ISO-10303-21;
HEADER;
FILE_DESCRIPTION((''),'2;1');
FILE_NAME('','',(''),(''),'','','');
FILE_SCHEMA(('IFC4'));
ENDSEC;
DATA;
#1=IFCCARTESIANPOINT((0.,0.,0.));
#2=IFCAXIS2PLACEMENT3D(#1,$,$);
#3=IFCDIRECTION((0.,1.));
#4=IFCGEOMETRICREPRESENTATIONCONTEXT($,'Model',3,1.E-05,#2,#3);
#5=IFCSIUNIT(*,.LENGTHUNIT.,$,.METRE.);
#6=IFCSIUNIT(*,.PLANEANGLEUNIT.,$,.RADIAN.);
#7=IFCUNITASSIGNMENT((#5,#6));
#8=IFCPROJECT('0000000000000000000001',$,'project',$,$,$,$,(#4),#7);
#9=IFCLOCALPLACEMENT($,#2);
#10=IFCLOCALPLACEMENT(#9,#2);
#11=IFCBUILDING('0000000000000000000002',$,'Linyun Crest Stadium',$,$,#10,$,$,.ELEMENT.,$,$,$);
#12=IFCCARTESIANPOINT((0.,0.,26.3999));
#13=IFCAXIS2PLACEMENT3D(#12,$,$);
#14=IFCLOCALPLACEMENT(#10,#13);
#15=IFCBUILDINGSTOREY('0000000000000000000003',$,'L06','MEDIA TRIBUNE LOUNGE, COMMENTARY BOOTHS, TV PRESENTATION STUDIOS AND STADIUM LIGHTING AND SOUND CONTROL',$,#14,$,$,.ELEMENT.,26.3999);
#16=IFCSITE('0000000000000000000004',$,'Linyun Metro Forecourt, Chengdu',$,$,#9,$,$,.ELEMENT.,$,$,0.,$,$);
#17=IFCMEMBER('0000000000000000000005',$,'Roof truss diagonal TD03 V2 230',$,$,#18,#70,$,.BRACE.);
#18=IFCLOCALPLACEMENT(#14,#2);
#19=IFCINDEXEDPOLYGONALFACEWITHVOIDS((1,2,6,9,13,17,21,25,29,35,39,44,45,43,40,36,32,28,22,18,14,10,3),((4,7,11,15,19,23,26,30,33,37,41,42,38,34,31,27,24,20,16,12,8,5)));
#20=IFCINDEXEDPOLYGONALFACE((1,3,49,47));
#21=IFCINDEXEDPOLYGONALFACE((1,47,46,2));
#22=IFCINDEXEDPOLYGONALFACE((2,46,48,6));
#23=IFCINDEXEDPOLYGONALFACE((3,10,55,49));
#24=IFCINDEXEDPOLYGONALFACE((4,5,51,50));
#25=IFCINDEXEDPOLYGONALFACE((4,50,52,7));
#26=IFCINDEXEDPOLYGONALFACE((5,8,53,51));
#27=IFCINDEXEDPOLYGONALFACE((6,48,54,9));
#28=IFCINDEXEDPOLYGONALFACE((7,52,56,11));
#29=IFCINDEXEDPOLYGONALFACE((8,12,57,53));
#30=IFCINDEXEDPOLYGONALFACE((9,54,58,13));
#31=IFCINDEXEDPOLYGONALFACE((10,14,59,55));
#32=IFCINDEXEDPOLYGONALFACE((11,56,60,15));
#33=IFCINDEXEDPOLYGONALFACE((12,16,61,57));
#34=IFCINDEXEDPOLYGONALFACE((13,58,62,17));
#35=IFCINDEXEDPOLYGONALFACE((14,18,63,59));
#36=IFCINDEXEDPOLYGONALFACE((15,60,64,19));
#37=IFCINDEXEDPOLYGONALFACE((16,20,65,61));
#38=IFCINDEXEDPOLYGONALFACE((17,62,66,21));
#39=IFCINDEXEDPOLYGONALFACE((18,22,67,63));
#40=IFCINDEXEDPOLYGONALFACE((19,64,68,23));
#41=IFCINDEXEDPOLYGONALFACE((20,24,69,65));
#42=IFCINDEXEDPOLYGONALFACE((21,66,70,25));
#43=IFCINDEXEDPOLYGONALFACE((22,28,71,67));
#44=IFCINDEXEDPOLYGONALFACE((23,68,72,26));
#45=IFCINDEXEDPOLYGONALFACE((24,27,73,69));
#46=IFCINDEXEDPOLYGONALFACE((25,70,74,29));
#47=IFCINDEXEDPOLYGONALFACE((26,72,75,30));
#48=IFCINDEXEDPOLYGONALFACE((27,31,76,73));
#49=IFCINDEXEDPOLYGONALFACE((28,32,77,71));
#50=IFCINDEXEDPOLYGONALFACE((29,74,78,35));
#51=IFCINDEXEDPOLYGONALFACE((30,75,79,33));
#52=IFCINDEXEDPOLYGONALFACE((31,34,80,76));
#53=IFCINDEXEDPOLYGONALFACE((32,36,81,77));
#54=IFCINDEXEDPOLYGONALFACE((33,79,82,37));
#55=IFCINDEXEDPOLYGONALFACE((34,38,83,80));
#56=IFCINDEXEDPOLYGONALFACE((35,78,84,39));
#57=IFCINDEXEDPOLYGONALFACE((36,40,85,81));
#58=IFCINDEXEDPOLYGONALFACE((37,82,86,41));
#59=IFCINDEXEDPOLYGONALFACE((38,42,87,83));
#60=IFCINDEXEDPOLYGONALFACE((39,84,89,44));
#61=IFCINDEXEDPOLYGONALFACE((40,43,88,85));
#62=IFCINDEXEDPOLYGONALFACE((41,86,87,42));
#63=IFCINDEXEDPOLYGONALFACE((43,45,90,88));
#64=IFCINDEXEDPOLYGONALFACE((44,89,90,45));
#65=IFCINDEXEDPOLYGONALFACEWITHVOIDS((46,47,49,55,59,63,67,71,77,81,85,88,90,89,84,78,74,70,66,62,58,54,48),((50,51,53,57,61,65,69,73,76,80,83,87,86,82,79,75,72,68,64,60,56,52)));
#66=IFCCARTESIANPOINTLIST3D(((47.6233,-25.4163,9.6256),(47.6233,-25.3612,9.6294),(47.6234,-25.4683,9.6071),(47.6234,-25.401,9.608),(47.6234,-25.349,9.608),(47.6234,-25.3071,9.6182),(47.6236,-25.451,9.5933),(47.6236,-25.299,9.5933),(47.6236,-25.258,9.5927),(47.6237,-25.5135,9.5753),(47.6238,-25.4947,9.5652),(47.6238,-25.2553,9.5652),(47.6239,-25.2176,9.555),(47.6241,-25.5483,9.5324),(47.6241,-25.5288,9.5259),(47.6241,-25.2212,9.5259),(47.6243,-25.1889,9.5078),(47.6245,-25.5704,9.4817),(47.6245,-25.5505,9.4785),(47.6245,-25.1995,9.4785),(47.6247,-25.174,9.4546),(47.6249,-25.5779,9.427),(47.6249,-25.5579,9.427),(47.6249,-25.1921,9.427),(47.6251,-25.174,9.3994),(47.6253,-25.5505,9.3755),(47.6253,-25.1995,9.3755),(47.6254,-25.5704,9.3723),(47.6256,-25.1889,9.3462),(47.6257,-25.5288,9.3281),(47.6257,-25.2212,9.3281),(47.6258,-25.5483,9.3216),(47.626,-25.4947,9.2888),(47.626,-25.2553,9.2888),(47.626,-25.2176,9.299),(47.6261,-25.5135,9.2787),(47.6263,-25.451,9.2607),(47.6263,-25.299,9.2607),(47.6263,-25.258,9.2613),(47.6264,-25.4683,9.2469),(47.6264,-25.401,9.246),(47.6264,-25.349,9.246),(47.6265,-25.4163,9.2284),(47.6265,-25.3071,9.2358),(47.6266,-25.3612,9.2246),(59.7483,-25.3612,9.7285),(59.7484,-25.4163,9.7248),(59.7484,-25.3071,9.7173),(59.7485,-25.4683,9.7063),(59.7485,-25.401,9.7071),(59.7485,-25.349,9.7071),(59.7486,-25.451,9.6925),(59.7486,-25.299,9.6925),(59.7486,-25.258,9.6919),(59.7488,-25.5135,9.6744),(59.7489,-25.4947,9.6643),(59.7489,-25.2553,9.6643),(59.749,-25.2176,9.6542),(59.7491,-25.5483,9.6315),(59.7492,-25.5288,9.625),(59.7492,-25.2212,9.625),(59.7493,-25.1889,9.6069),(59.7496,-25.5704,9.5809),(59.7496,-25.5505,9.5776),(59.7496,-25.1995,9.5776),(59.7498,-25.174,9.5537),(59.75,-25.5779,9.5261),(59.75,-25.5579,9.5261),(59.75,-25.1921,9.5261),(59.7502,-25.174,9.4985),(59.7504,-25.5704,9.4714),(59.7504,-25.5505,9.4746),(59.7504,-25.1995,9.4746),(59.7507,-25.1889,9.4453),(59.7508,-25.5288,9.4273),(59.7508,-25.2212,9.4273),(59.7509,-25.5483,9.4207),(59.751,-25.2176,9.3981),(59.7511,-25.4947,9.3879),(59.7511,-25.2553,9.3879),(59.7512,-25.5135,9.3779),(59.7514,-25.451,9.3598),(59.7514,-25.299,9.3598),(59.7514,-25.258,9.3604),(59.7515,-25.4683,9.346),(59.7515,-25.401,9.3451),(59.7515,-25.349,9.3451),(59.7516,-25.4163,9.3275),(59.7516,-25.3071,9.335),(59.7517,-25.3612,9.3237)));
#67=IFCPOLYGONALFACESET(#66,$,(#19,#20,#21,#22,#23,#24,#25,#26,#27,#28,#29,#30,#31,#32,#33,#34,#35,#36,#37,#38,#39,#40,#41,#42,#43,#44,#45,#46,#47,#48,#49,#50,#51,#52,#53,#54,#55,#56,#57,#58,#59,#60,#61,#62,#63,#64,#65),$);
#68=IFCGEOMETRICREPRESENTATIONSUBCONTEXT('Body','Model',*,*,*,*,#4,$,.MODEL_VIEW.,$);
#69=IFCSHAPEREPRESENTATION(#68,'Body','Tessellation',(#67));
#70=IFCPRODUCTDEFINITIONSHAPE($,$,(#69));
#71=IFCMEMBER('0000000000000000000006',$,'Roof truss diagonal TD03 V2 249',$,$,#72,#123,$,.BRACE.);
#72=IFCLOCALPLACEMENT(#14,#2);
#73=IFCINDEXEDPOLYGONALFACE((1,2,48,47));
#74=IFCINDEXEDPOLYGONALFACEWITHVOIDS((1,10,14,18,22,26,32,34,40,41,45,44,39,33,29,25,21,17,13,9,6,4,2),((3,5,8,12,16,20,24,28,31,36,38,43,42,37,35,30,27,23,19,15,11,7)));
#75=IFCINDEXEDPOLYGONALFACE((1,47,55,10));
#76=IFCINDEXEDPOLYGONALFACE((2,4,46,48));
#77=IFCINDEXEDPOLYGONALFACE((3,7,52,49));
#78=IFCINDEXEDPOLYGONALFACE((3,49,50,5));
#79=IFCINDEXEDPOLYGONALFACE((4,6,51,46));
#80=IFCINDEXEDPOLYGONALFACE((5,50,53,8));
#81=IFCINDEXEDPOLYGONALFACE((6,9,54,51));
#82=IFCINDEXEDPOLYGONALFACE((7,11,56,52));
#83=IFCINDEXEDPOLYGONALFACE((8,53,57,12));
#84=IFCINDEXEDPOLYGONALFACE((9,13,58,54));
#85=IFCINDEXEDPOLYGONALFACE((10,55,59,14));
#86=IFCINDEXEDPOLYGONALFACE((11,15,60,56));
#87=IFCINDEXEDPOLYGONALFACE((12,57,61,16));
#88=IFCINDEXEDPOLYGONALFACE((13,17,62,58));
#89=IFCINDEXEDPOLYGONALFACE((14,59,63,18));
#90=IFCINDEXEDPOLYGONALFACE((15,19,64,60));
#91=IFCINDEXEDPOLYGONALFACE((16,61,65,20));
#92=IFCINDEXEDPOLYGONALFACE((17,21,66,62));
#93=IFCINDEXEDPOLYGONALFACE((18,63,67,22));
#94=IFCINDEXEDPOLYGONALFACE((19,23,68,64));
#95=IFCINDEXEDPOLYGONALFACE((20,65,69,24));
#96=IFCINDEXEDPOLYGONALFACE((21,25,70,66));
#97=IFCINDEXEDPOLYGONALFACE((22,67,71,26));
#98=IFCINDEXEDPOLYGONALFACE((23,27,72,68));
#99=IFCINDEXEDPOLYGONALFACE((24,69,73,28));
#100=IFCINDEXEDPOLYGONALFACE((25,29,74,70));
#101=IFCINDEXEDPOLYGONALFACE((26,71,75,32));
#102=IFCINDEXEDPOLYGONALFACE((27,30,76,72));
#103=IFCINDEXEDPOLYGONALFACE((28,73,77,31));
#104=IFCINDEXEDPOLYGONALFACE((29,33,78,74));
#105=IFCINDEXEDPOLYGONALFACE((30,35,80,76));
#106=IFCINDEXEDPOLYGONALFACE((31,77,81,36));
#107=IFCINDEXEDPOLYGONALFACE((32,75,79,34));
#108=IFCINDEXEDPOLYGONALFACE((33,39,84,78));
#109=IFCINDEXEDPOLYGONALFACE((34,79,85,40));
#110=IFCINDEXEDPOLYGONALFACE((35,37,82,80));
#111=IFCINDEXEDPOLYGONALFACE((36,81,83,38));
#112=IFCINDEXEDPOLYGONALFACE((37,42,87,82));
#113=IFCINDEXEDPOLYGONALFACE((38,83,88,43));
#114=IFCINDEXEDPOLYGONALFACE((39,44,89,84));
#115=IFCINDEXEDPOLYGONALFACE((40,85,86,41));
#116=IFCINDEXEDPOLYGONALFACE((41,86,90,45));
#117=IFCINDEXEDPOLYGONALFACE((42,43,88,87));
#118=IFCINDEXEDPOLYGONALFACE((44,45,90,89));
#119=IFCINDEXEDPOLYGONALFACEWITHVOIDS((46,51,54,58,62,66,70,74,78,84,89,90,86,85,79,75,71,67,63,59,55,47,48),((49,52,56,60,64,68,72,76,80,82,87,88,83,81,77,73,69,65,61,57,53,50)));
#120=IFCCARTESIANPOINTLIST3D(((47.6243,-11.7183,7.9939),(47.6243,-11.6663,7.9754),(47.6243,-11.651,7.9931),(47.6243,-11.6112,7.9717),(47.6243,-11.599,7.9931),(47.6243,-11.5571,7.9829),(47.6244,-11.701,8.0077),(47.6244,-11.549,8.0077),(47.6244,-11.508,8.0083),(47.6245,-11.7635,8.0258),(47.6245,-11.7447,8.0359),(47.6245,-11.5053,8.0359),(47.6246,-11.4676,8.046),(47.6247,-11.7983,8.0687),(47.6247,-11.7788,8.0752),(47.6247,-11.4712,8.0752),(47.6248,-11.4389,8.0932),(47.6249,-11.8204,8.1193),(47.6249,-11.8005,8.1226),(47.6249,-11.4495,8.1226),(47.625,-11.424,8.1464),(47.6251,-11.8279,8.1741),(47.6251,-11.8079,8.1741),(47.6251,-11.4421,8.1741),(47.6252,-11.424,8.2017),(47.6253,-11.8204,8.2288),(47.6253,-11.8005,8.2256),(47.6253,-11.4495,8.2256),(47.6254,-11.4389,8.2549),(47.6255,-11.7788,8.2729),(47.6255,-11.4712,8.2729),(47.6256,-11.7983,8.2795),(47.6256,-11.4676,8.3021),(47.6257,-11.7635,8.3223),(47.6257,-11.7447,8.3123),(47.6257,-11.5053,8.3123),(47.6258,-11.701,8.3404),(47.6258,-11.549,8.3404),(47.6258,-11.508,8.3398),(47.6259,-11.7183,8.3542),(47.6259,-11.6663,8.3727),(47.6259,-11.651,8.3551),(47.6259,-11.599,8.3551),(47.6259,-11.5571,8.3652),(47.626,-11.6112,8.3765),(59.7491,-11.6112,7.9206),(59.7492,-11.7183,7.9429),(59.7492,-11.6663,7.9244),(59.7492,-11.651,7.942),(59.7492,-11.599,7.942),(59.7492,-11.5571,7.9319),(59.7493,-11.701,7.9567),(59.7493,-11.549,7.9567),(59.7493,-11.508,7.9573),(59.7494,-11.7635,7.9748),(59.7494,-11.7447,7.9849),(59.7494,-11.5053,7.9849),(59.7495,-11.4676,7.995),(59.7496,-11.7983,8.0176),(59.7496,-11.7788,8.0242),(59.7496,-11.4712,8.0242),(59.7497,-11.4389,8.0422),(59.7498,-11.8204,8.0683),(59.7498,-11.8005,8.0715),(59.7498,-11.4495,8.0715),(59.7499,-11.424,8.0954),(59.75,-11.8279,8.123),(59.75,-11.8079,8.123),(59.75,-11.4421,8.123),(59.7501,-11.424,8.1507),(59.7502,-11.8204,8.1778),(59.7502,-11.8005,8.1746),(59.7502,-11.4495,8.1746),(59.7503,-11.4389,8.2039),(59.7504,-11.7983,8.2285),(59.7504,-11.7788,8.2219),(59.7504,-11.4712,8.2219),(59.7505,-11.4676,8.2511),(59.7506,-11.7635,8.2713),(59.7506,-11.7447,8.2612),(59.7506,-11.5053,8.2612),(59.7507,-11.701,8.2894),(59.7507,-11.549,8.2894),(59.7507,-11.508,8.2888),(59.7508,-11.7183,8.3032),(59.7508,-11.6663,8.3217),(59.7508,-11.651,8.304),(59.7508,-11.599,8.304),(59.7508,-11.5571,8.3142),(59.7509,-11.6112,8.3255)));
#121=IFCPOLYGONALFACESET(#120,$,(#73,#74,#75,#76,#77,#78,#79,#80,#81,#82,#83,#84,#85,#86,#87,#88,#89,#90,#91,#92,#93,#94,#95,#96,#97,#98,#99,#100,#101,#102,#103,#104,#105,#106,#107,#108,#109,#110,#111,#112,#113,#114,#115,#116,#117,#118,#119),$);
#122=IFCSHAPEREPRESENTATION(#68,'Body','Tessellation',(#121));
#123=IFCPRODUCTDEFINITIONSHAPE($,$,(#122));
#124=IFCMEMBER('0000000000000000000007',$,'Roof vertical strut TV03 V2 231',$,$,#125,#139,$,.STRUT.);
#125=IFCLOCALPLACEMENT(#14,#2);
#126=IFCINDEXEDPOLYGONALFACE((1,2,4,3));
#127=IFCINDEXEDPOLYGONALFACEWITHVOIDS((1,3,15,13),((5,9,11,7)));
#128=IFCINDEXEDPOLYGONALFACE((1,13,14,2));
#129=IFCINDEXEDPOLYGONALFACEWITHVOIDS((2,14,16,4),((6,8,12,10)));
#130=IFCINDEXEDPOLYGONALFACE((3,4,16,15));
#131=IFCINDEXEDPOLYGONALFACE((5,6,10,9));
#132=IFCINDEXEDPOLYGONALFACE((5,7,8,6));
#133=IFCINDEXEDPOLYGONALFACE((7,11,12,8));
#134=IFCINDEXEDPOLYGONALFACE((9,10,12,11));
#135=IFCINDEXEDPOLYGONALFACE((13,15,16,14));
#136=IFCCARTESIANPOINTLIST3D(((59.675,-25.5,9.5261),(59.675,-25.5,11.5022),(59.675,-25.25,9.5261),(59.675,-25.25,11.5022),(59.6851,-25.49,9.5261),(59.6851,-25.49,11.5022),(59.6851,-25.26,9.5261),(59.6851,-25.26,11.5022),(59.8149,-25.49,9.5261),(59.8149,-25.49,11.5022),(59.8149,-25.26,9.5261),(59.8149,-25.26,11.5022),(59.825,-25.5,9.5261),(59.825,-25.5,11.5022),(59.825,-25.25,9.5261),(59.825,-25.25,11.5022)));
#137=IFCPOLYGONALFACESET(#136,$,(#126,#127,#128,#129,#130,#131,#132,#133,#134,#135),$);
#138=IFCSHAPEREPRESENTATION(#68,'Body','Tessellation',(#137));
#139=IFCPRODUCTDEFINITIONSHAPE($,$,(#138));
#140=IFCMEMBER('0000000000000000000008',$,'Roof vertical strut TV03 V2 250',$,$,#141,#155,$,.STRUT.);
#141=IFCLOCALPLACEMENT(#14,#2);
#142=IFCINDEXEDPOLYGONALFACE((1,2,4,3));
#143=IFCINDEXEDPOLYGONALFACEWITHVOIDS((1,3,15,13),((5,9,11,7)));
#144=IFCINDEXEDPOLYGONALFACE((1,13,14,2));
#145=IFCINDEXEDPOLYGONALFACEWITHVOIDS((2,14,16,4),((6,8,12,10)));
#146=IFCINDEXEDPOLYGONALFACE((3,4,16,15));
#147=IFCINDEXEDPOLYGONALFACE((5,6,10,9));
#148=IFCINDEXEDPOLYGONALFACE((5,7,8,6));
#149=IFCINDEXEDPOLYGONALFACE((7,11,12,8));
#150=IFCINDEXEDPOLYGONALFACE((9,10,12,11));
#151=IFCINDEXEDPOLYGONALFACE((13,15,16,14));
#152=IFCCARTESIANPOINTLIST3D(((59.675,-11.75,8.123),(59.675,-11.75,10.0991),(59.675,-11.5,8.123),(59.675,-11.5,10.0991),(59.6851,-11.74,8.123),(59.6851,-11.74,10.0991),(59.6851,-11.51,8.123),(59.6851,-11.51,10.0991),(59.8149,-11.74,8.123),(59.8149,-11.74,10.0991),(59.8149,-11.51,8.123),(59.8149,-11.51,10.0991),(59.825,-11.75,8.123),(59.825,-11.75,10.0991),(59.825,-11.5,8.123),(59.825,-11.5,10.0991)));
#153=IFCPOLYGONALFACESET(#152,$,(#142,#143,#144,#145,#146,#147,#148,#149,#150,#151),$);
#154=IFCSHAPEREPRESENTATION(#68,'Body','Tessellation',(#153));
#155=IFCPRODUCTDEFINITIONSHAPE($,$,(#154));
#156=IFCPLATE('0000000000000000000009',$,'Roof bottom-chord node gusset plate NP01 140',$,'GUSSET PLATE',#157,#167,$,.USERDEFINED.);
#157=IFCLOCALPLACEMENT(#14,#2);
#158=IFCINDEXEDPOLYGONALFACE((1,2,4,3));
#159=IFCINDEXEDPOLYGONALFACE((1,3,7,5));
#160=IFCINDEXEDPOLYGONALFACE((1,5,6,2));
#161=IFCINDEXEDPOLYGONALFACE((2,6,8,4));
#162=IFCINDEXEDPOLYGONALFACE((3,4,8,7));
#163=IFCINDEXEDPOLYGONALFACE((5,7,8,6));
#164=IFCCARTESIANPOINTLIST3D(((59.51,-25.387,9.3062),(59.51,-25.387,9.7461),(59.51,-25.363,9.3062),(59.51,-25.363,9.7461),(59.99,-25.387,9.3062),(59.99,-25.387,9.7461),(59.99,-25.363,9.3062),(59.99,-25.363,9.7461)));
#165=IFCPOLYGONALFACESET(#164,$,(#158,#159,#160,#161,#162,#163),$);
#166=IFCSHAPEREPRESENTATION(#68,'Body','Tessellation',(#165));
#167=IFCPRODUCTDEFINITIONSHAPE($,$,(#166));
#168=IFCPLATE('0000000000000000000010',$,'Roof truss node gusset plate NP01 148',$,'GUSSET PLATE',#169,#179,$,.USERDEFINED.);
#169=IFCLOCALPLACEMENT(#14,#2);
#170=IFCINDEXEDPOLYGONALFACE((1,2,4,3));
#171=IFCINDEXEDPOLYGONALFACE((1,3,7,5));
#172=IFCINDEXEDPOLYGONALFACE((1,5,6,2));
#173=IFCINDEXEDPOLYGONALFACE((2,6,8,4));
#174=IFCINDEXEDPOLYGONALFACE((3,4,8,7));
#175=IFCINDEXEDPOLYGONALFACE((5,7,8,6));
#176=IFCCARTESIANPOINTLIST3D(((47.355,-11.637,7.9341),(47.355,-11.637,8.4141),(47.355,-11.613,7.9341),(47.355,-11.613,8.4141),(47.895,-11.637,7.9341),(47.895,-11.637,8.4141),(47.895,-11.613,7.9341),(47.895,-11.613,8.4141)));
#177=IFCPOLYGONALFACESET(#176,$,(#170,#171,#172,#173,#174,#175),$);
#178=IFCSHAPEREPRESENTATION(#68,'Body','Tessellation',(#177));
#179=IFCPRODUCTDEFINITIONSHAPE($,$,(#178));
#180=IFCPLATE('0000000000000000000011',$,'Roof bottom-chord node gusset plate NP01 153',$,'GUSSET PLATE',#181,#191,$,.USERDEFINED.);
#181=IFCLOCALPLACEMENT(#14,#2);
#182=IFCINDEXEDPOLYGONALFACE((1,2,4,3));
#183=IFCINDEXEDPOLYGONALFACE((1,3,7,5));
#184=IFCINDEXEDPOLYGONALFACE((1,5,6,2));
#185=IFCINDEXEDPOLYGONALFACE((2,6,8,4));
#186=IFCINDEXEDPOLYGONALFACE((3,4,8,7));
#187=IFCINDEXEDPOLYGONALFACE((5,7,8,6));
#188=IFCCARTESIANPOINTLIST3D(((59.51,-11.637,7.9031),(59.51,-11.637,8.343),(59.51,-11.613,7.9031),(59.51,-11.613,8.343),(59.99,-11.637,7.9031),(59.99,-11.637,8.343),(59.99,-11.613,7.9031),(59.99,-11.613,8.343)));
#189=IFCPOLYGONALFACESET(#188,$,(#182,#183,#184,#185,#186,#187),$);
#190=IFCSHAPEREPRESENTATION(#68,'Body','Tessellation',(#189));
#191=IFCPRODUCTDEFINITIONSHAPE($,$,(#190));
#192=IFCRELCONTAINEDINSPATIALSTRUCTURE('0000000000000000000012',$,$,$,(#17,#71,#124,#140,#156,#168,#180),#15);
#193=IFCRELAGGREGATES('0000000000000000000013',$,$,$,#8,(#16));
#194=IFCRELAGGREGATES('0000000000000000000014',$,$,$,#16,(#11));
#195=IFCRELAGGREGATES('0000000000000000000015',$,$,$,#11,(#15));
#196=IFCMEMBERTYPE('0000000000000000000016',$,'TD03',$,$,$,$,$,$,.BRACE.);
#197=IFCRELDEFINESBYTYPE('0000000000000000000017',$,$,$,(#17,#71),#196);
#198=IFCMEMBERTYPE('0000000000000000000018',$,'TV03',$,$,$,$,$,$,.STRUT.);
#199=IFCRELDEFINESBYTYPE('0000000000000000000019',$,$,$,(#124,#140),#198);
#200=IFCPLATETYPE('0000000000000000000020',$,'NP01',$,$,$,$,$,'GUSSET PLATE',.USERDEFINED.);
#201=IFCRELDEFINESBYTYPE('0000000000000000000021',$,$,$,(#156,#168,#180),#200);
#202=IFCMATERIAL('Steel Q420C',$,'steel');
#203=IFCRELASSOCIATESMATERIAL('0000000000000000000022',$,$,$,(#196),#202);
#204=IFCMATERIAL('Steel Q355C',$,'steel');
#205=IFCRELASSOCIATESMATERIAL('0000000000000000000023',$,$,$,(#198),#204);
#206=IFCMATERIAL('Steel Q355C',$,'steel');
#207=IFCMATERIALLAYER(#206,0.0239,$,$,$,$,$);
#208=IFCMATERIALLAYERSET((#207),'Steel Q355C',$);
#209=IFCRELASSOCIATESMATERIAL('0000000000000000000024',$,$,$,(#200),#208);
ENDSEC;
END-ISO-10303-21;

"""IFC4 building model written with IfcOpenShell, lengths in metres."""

from ifc_helpers import new_model, si_unit, direction, frame, origin, origin_2d, place, context, subcontext, project, spatial, rectangle, hollow_rectangle, hollow_circle, extrude, material, layer, layer_set, material_profile, profile_set, type_object, element, save


model = new_model("IFC4")

# Units and contexts
model_context = context("Model", 3, precision=1e-05, world=origin(), true_north=direction((0.0, 1.0)))
body_context = subcontext(model_context, "Body", "Model", "MODEL_VIEW")
ifc_project = project(units=[si_unit("LENGTHUNIT", "METRE"), si_unit("PLANEANGLEUNIT", "RADIAN")], contexts=[model_context])

# Site, building, storey
site_placement = place(None, origin())
site = spatial("IfcSite", under=ifc_project, at=site_placement, Name="Linyun Metro Forecourt, Chengdu", CompositionType="ELEMENT", RefElevation=0.0)
building_placement = place(site_placement, origin())
building = spatial("IfcBuilding", under=site, at=building_placement, Name="Linyun Crest Stadium", CompositionType="ELEMENT")
storey_placement = place(building_placement, frame((0.0, 0.0, 26.3999)))
storey = spatial("IfcBuildingStorey", under=building, at=storey_placement, Name="L06", Description="MEDIA TRIBUNE LOUNGE, COMMENTARY BOOTHS, TV PRESENTATION STUDIOS AND STADIUM LIGHTING AND SOUND CONTROL", CompositionType="ELEMENT", Elevation=26.3999)

# Members
ifc_material_1 = material(Name="Steel Q420C", Category="steel")
ifc_material_profile_1 = material_profile(ifc_material_1, hollow_circle(Radius=0.2029, WallThickness=0.02, at=origin_2d()), Name="CHS 406x20")
ifc_profile_set_1 = profile_set([ifc_material_profile_1], Name="Steel Q420C")
member_type_1 = type_object("IfcMemberType", Name="TD03", PredefinedType="BRACE", material=ifc_profile_set_1)
member_1_placement = place(storey_placement, frame((59.75, -25.375, 9.5261), z_axis=(-0.999967, 0.0, -0.008175), x_axis=(0.0, -1.0, 0.0)))
element("IfcMember", 1, at=member_1_placement, inside=storey, type_object=member_type_1, Name="Roof truss diagonal TD03 V2 230", PredefinedType="BRACE", context=body_context, shape_type="SweptSolid", body=[
    extrude(hollow_circle(Radius=0.2029, WallThickness=0.02, at=origin_2d()), origin(), (0.0, 0.0, 1.0), 12.1255),
])
member_2_placement = place(storey_placement, frame((59.75, -11.625, 8.123), z_axis=(-0.999991, 0.0, 0.004208), x_axis=(0.0, -1.0, 0.0)))
element("IfcMember", 2, at=member_2_placement, inside=storey, type_object=member_type_1, Name="Roof truss diagonal TD03 V2 249", PredefinedType="BRACE", context=body_context, shape_type="SweptSolid", body=[
    extrude(hollow_circle(Radius=0.2029, WallThickness=0.02, at=origin_2d()), origin(), (0.0, 0.0, 1.0), 12.125),
])
ifc_material_2 = material(Name="Steel Q355C", Category="steel")
ifc_material_profile_2 = material_profile(ifc_material_2, hollow_rectangle(XDim=0.1499, YDim=0.25, WallThickness=0.01, at=origin_2d()), Name="RHS 250x150x10")
ifc_profile_set_2 = profile_set([ifc_material_profile_2], Name="Steel Q355C")
member_type_2 = type_object("IfcMemberType", Name="TV03", PredefinedType="STRUT", material=ifc_profile_set_2)
for number, where, z_axis, x_axis, name in (
    (3, (59.75, -25.375, 9.5261), (0.0, 0.0, 1.0), (1.0, 0.0, 0.0), "Roof vertical strut TV03 V2 231"),
    (4, (59.75, -11.625, 8.123), (0.0, 0.0, 1.0), (1.0, 0.0, 0.0), "Roof vertical strut TV03 V2 250"),
):
    element("IfcMember", number, at=place(storey_placement, frame(where, z_axis=z_axis, x_axis=x_axis)), inside=storey, type_object=member_type_2, Name=name, PredefinedType="STRUT", context=body_context, shape_type="SweptSolid", body=[
        extrude(hollow_rectangle(XDim=0.1499, YDim=0.25, WallThickness=0.01, at=origin_2d()), origin(), (0.0, 0.0, 1.0), 1.9761),
    ])

# Plates
ifc_material_3 = material(Name="Steel Q355C", Category="steel")
ifc_layer_1 = layer(ifc_material_3, 0.0239)
ifc_layer_set_1 = layer_set([ifc_layer_1], Name="Steel Q355C")
plate_type_1 = type_object("IfcPlateType", Name="NP01", ElementType="GUSSET PLATE", PredefinedType="USERDEFINED", material=ifc_layer_set_1)
plate_1_placement = place(storey_placement, frame((59.75, -25.375, 9.3062), z_axis=(0.0, 0.0, 1.0), x_axis=(1.0, 0.0, 0.0)))
element("IfcPlate", 5, at=plate_1_placement, inside=storey, type_object=plate_type_1, Name="Roof bottom-chord node gusset plate NP01 140", ObjectType="GUSSET PLATE", PredefinedType="USERDEFINED", context=body_context, shape_type="SweptSolid", body=[
    extrude(rectangle(XDim=0.48, YDim=0.0239, at=origin_2d()), origin(), (0.0, 0.0, 1.0), 0.4399),
])
plate_2_placement = place(storey_placement, frame((47.625, -11.625, 7.9341), z_axis=(0.0, 0.0, 1.0), x_axis=(1.0, 0.0, 0.0)))
element("IfcPlate", 6, at=plate_2_placement, inside=storey, type_object=plate_type_1, Name="Roof truss node gusset plate NP01 148", ObjectType="GUSSET PLATE", PredefinedType="USERDEFINED", context=body_context, shape_type="SweptSolid", body=[
    extrude(rectangle(XDim=0.54, YDim=0.0239, at=origin_2d()), origin(), (0.0, 0.0, 1.0), 0.48),
])
for number, where, z_axis, x_axis, name in (
    (7, (59.75, -11.625, 7.9031), (0.0, 0.0, 1.0), (1.0, 0.0, 0.0), "Roof bottom-chord node gusset plate NP01 153"),
):
    element("IfcPlate", number, at=place(storey_placement, frame(where, z_axis=z_axis, x_axis=x_axis)), inside=storey, type_object=plate_type_1, Name=name, ObjectType="GUSSET PLATE", PredefinedType="USERDEFINED", context=body_context, shape_type="SweptSolid", body=[
        extrude(rectangle(XDim=0.48, YDim=0.0239, at=origin_2d()), origin(), (0.0, 0.0, 1.0), 0.4399),
    ])

save(model, "model.ifc")
